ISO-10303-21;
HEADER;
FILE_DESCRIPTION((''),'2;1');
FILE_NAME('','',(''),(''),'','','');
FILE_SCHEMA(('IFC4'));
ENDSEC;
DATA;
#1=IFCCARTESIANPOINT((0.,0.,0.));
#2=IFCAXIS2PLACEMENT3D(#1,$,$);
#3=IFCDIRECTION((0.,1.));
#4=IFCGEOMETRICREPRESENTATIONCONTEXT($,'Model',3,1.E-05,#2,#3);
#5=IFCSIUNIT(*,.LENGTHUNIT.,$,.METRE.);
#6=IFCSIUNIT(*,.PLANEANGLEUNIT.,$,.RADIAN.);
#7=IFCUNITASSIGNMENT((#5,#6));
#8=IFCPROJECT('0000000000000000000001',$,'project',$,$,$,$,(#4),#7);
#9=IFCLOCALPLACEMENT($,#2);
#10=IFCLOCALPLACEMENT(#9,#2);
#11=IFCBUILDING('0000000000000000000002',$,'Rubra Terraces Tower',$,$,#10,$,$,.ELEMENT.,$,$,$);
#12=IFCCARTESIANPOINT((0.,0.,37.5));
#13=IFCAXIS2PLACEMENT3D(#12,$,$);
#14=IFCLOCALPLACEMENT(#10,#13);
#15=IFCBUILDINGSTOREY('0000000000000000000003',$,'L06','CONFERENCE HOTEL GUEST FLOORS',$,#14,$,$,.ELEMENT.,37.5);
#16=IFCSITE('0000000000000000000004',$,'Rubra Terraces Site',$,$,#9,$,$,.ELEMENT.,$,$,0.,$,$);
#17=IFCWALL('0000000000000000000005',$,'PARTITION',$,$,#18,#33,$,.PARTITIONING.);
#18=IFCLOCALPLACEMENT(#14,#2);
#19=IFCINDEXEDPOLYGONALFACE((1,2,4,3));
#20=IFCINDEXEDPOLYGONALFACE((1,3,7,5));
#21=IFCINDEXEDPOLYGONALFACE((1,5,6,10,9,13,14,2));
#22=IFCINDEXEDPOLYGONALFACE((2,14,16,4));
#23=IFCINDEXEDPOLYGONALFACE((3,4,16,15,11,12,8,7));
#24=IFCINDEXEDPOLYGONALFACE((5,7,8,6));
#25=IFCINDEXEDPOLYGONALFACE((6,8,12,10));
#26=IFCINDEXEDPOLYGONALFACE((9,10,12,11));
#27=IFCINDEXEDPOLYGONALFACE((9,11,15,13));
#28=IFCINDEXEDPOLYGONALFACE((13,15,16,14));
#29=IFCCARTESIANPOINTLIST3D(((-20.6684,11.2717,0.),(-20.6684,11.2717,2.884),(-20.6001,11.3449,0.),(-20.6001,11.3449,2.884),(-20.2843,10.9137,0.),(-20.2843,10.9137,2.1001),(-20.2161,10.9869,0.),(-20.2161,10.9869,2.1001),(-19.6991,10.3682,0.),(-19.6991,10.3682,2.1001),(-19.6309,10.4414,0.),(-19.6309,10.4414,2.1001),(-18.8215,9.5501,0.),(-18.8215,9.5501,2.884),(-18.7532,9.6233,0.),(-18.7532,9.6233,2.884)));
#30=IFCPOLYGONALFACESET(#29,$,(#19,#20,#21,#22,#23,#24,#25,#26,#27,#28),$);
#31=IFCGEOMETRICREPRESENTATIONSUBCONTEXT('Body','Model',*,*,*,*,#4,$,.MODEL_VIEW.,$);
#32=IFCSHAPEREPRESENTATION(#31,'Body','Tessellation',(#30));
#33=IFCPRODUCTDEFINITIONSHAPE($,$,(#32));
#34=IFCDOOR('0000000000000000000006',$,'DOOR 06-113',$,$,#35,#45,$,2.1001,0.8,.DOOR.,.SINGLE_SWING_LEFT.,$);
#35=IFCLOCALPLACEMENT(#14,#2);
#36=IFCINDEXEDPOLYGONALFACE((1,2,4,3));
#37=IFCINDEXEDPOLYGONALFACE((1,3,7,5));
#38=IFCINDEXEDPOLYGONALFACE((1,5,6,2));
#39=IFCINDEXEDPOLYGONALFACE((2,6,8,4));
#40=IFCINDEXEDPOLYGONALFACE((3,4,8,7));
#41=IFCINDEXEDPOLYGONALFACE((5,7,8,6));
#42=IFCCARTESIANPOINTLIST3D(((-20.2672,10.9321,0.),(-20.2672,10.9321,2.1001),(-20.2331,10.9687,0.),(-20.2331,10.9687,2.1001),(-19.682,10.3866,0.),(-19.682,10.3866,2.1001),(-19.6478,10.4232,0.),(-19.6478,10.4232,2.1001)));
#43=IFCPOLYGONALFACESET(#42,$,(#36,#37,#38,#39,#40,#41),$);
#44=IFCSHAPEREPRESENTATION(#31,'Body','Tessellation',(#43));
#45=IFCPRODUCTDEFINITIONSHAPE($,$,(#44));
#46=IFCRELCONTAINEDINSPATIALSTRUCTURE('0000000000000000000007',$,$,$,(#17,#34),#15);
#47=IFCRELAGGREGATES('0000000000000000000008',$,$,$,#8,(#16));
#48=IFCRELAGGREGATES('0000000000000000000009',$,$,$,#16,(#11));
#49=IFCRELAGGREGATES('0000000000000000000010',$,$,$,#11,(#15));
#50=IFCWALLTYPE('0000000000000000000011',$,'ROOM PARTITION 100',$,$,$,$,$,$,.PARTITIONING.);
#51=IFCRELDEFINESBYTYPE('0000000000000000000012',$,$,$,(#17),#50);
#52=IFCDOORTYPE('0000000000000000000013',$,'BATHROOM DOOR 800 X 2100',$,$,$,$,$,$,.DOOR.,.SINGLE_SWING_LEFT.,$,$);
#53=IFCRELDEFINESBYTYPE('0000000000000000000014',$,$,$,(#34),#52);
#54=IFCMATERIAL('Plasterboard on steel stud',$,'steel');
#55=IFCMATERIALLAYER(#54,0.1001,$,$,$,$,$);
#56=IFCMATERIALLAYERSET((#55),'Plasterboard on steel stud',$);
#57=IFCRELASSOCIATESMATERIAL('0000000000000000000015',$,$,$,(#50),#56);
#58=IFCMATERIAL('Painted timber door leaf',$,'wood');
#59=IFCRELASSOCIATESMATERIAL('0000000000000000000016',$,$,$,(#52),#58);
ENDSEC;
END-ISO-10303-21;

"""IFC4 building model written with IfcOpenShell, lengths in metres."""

from ifc_helpers import new_model, si_unit, direction, frame, frame_2d, origin, place, context, subcontext, project, spatial, rectangle, extrude, material, layer, layer_set, type_object, element, fill, save


model = new_model("IFC4")

# Units and contexts
model_context = context("Model", 3, precision=1e-05, world=origin(), true_north=direction((0.0, 1.0)))
body_context = subcontext(model_context, "Body", "Model", "MODEL_VIEW")
ifc_project = project(units=[si_unit("LENGTHUNIT", "METRE"), si_unit("PLANEANGLEUNIT", "RADIAN")], contexts=[model_context])

# Site, building, storey
site_placement = place(None, origin())
site = spatial("IfcSite", under=ifc_project, at=site_placement, Name="Rubra Terraces Site", CompositionType="ELEMENT", RefElevation=0.0)
building_placement = place(site_placement, origin())
building = spatial("IfcBuilding", under=site, at=building_placement, Name="Rubra Terraces Tower", CompositionType="ELEMENT")
storey_placement = place(building_placement, frame((0.0, 0.0, 37.5)))
storey = spatial("IfcBuildingStorey", under=building, at=storey_placement, Name="L06", Description="CONFERENCE HOTEL GUEST FLOORS", CompositionType="ELEMENT", Elevation=37.5)

# Wall, opening, door
ifc_material_1 = material(Name="Plasterboard on steel stud", Category="steel")
ifc_layer_1 = layer(ifc_material_1, 0.1001)
ifc_layer_set_1 = layer_set([ifc_layer_1], Name="Plasterboard on steel stud")
wall_type_1 = type_object("IfcWallType", Name="ROOM PARTITION 100", PredefinedType="PARTITIONING", material=ifc_layer_set_1)
wall_1_placement = place(storey_placement, frame((-18.7874, 9.5867, 0.0), z_axis=(0.0, 0.0, 1.0), x_axis=(-0.731473, 0.68187, 0.0)))
wall_1 = element("IfcWall", 1, at=wall_1_placement, inside=storey, type_object=wall_type_1, Name="PARTITION", PredefinedType="PARTITIONING", context=body_context, shape_type="SweptSolid", body=[
    extrude(rectangle(XDim=2.5249, YDim=0.1001, at=frame_2d((1.2625, 0.0))), origin(), (0.0, 0.0, 1.0), 2.884),
])
opening_1_placement = place(wall_1_placement, frame((1.2, 0.0, 0.0)))
opening_1 = element("IfcOpeningElement", 2, at=opening_1_placement, cuts=wall_1, PredefinedType="OPENING", context=body_context, shape_type="SweptSolid", body=[
    extrude(rectangle(XDim=0.8, YDim=2.1001, at=frame_2d((0.3999, 1.05))), frame((0.0, 0.0601, 0.0), z_axis=(0.0, -1.0, 0.0), x_axis=(1.0, 0.0, 0.0)), (0.0, 0.0, 1.0), 0.1201),
])
ifc_material_2 = material(Name="Painted timber door leaf", Category="wood")
door_type_1 = type_object("IfcDoorType", Name="BATHROOM DOOR 800 X 2100", OperationType="SINGLE_SWING_LEFT", PredefinedType="DOOR", material=ifc_material_2)
door_1_placement = place(opening_1_placement, origin())
door_1 = element("IfcDoor", 3, at=door_1_placement, inside=storey, type_object=door_type_1, Name="DOOR 06-113", OperationType="SINGLE_SWING_LEFT", OverallHeight=2.1001, OverallWidth=0.8, PredefinedType="DOOR", context=body_context, shape_type="SweptSolid", body=[
    extrude(rectangle(XDim=0.8, YDim=2.1001, at=frame_2d((0.3999, 1.05))), frame((0.0, 0.0249, 0.0), z_axis=(0.0, -1.0, 0.0), x_axis=(1.0, 0.0, 0.0)), (0.0, 0.0, 1.0), 0.05),
])
fill(opening_1, door_1)

save(model, "model.ifc")
